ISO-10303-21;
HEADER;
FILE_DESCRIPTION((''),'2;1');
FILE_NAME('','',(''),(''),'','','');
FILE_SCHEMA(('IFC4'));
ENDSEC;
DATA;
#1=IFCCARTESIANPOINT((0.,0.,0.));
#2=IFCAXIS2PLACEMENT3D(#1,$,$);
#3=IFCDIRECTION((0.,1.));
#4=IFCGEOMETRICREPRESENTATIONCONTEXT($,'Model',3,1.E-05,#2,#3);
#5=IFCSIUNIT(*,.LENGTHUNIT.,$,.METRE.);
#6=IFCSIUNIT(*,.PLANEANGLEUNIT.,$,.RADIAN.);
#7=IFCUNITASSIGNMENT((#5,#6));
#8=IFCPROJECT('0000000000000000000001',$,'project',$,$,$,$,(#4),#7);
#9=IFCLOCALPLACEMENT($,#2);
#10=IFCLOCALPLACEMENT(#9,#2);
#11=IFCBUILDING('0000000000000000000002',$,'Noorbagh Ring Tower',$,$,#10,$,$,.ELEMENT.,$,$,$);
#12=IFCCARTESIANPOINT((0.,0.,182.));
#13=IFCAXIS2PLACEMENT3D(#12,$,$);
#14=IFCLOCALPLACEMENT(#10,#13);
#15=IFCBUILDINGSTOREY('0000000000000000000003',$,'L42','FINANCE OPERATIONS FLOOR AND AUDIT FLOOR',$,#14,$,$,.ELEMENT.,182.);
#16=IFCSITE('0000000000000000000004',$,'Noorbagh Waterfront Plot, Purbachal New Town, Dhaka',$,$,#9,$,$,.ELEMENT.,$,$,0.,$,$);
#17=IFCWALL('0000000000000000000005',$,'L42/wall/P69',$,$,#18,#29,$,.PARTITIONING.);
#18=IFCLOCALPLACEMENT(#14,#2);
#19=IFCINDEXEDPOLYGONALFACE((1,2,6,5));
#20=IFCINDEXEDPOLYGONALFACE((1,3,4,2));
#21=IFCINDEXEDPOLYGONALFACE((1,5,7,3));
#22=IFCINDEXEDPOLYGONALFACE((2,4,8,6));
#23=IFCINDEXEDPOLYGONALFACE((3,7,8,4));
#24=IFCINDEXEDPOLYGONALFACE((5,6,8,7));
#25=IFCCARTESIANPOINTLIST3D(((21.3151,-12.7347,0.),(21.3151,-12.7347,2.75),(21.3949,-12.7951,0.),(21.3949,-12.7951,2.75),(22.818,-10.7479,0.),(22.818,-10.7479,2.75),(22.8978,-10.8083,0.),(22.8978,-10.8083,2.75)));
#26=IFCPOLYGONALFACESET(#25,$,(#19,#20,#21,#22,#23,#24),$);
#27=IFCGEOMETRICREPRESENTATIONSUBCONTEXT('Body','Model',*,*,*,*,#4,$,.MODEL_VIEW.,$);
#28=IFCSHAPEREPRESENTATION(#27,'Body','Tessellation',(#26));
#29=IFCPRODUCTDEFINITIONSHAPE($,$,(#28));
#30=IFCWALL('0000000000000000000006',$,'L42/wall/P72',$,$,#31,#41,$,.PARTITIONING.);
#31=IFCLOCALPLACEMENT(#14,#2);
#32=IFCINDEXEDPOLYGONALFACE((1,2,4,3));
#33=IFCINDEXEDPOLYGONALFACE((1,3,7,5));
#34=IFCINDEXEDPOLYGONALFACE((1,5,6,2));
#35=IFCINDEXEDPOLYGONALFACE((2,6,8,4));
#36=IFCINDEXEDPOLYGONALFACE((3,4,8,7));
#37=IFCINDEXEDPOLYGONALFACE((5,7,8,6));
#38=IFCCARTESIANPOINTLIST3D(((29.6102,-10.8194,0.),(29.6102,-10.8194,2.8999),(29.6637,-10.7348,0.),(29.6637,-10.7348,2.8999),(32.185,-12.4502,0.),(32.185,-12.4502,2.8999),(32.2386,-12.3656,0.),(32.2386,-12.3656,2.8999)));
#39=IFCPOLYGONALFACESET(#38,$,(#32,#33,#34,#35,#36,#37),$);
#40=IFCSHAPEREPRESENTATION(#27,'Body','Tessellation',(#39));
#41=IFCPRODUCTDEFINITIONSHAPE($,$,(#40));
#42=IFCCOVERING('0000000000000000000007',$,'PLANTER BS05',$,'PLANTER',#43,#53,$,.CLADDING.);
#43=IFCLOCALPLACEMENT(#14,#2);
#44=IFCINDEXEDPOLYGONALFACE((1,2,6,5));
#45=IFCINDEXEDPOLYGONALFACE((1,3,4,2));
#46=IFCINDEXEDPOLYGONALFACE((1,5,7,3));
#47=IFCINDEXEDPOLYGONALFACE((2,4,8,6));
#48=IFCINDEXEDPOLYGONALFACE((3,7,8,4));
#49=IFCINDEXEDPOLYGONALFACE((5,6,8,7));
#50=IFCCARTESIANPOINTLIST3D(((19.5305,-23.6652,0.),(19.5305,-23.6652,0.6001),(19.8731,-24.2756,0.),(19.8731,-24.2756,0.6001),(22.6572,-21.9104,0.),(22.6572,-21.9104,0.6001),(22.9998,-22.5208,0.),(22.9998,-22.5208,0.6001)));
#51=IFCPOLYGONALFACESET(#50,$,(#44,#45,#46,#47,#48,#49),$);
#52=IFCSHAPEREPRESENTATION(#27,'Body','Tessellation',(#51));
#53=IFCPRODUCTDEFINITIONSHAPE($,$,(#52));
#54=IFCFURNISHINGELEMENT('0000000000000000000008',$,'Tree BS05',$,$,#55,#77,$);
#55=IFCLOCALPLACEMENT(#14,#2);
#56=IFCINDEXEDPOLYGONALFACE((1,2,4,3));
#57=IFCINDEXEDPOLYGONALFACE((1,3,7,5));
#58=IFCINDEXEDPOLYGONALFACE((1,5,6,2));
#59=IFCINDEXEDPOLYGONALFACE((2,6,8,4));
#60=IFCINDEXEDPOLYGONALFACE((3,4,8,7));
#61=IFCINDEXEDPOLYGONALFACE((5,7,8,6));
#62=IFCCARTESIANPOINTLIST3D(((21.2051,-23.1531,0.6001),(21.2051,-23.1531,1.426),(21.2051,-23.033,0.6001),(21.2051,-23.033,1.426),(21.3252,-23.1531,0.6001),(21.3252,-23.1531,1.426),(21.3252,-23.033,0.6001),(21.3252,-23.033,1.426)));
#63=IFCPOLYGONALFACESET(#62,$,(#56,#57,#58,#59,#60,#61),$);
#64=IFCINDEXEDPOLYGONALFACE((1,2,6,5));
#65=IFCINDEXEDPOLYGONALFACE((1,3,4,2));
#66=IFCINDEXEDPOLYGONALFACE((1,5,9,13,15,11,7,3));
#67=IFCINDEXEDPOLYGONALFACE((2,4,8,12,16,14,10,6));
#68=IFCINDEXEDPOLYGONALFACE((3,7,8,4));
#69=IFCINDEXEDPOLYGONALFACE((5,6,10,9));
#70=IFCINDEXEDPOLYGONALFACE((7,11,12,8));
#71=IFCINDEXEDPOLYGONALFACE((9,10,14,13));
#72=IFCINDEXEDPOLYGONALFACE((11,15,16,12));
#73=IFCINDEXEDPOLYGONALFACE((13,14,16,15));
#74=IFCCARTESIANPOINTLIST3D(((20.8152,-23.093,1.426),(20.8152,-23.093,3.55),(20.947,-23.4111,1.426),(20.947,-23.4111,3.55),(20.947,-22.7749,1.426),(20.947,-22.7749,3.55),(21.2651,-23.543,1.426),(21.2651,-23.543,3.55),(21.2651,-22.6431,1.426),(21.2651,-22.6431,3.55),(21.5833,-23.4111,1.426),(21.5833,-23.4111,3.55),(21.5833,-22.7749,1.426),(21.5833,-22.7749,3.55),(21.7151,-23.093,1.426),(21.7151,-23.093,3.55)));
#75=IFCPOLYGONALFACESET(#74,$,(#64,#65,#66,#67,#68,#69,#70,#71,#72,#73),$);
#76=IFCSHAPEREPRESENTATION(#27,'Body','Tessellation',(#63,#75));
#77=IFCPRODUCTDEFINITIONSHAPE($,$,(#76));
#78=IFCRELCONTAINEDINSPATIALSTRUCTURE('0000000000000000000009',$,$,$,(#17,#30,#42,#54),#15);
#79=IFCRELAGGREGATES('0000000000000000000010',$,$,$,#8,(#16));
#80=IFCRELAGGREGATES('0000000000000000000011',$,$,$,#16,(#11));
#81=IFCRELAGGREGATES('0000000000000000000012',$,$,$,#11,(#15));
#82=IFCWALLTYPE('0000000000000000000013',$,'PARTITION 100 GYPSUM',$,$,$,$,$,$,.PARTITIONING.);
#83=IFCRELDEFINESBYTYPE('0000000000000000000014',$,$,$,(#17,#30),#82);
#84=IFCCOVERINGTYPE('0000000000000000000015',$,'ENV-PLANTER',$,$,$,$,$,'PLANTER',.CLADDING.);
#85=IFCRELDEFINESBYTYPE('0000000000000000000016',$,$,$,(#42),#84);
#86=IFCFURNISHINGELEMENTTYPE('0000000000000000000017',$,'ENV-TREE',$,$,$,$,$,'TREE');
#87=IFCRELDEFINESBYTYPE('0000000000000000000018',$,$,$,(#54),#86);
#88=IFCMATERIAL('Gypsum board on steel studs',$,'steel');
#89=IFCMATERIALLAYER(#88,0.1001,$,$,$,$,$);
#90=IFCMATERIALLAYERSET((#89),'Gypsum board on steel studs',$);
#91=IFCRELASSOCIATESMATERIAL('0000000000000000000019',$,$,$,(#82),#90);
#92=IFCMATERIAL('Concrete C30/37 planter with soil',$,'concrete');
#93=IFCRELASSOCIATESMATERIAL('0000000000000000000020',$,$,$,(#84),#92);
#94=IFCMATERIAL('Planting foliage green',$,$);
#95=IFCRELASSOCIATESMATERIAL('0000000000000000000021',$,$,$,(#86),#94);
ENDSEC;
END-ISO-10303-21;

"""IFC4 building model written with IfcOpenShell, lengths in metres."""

from ifc_helpers import new_model, si_unit, direction, frame, frame_2d, origin, origin_2d, place, context, subcontext, project, spatial, polyline, rectangle, outline, extrude, material, layer, layer_set, type_object, element, save


model = new_model("IFC4")

# Units and contexts
model_context = context("Model", 3, precision=1e-05, world=origin(), true_north=direction((0.0, 1.0)))
body_context = subcontext(model_context, "Body", "Model", "MODEL_VIEW")
ifc_project = project(units=[si_unit("LENGTHUNIT", "METRE"), si_unit("PLANEANGLEUNIT", "RADIAN")], contexts=[model_context])

# Site, building, storey
site_placement = place(None, origin())
site = spatial("IfcSite", under=ifc_project, at=site_placement, Name="Noorbagh Waterfront Plot, Purbachal New Town, Dhaka", CompositionType="ELEMENT", RefElevation=0.0)
building_placement = place(site_placement, origin())
building = spatial("IfcBuilding", under=site, at=building_placement, Name="Noorbagh Ring Tower", CompositionType="ELEMENT")
storey_placement = place(building_placement, frame((0.0, 0.0, 182.0)))
storey = spatial("IfcBuildingStorey", under=building, at=storey_placement, Name="L42", Description="FINANCE OPERATIONS FLOOR AND AUDIT FLOOR", CompositionType="ELEMENT", Elevation=182.0)

# Walls
ifc_material_1 = material(Name="Gypsum board on steel studs", Category="steel")
ifc_layer_1 = layer(ifc_material_1, 0.1001)
ifc_layer_set_1 = layer_set([ifc_layer_1], Name="Gypsum board on steel studs")
wall_type_1 = type_object("IfcWallType", Name="PARTITION 100 GYPSUM", PredefinedType="PARTITIONING", material=ifc_layer_set_1)
wall_1_placement = place(storey_placement, frame((21.355, -12.7649, 0.0), z_axis=(0.0, 0.0, 1.0), x_axis=(0.603288, 0.797524, 0.0)))
element("IfcWall", 1, at=wall_1_placement, inside=storey, type_object=wall_type_1, Name="L42/wall/P69", PredefinedType="PARTITIONING", context=body_context, shape_type="SweptSolid", body=[
    extrude(rectangle(XDim=2.4912, YDim=0.1001, at=frame_2d((1.2456, 0.0))), origin(), (0.0, 0.0, 1.0), 2.75),
])
wall_2_placement = place(storey_placement, frame((29.637, -10.7771, 0.0), z_axis=(0.0, 0.0, 1.0), x_axis=(0.844811, -0.535065, 0.0)))
element("IfcWall", 2, at=wall_2_placement, inside=storey, type_object=wall_type_1, Name="L42/wall/P72", PredefinedType="PARTITIONING", context=body_context, shape_type="SweptSolid", body=[
    extrude(rectangle(XDim=3.0479, YDim=0.1001, at=frame_2d((1.5239, 0.0))), origin(), (0.0, 0.0, 1.0), 2.8999),
])

# Covering
ifc_material_2 = material(Name="Concrete C30/37 planter with soil", Category="concrete")
covering_type = type_object("IfcCoveringType", Name="ENV-PLANTER", ElementType="PLANTER", PredefinedType="CLADDING", material=ifc_material_2)
covering_placement = place(storey_placement, frame((21.2651, -23.093, 0.0), z_axis=(0.0, 0.0, 1.0), x_axis=(0.872045, 0.489426, 0.0)))
element("IfcCovering", 3, at=covering_placement, inside=storey, type_object=covering_type, Name="PLANTER BS05", ObjectType="PLANTER", PredefinedType="CLADDING", context=body_context, shape_type="SweptSolid", body=[
    extrude(rectangle(XDim=3.5854, YDim=0.7, at=origin_2d()), origin(), (0.0, 0.0, 1.0), 0.6001),
])

# Furnishing element
ifc_material_3 = material(Name="Planting foliage green")
furnishing_element_type = type_object("IfcFurnishingElementType", Name="ENV-TREE", ElementType="TREE", material=ifc_material_3)
furnishing_placement = place(storey_placement, frame((21.2651, -23.093, 0.6001), z_axis=(0.0, 0.0, 1.0), x_axis=(1.0, 0.0, 0.0)))
element("IfcFurnishingElement", 4, at=furnishing_placement, inside=storey, type_object=furnishing_element_type, Name="Tree BS05", context=body_context, shape_type="SweptSolid", body=[
    extrude(rectangle(XDim=0.1201, YDim=0.1201, at=origin_2d()), origin(), (0.0, 0.0, 1.0), 0.8259),
    extrude(outline(polyline([(0.45, 0.0), (0.3181, 0.3181), (0.0, 0.45), (-0.3181, 0.3181), (-0.45, 0.0), (-0.3181, -0.3181), (0.0, -0.45), (0.3181, -0.3181), (0.45, 0.0)])), frame((0.0, 0.0, 0.8259)), (0.0, 0.0, 1.0), 2.124),
])

save(model, "model.ifc")
